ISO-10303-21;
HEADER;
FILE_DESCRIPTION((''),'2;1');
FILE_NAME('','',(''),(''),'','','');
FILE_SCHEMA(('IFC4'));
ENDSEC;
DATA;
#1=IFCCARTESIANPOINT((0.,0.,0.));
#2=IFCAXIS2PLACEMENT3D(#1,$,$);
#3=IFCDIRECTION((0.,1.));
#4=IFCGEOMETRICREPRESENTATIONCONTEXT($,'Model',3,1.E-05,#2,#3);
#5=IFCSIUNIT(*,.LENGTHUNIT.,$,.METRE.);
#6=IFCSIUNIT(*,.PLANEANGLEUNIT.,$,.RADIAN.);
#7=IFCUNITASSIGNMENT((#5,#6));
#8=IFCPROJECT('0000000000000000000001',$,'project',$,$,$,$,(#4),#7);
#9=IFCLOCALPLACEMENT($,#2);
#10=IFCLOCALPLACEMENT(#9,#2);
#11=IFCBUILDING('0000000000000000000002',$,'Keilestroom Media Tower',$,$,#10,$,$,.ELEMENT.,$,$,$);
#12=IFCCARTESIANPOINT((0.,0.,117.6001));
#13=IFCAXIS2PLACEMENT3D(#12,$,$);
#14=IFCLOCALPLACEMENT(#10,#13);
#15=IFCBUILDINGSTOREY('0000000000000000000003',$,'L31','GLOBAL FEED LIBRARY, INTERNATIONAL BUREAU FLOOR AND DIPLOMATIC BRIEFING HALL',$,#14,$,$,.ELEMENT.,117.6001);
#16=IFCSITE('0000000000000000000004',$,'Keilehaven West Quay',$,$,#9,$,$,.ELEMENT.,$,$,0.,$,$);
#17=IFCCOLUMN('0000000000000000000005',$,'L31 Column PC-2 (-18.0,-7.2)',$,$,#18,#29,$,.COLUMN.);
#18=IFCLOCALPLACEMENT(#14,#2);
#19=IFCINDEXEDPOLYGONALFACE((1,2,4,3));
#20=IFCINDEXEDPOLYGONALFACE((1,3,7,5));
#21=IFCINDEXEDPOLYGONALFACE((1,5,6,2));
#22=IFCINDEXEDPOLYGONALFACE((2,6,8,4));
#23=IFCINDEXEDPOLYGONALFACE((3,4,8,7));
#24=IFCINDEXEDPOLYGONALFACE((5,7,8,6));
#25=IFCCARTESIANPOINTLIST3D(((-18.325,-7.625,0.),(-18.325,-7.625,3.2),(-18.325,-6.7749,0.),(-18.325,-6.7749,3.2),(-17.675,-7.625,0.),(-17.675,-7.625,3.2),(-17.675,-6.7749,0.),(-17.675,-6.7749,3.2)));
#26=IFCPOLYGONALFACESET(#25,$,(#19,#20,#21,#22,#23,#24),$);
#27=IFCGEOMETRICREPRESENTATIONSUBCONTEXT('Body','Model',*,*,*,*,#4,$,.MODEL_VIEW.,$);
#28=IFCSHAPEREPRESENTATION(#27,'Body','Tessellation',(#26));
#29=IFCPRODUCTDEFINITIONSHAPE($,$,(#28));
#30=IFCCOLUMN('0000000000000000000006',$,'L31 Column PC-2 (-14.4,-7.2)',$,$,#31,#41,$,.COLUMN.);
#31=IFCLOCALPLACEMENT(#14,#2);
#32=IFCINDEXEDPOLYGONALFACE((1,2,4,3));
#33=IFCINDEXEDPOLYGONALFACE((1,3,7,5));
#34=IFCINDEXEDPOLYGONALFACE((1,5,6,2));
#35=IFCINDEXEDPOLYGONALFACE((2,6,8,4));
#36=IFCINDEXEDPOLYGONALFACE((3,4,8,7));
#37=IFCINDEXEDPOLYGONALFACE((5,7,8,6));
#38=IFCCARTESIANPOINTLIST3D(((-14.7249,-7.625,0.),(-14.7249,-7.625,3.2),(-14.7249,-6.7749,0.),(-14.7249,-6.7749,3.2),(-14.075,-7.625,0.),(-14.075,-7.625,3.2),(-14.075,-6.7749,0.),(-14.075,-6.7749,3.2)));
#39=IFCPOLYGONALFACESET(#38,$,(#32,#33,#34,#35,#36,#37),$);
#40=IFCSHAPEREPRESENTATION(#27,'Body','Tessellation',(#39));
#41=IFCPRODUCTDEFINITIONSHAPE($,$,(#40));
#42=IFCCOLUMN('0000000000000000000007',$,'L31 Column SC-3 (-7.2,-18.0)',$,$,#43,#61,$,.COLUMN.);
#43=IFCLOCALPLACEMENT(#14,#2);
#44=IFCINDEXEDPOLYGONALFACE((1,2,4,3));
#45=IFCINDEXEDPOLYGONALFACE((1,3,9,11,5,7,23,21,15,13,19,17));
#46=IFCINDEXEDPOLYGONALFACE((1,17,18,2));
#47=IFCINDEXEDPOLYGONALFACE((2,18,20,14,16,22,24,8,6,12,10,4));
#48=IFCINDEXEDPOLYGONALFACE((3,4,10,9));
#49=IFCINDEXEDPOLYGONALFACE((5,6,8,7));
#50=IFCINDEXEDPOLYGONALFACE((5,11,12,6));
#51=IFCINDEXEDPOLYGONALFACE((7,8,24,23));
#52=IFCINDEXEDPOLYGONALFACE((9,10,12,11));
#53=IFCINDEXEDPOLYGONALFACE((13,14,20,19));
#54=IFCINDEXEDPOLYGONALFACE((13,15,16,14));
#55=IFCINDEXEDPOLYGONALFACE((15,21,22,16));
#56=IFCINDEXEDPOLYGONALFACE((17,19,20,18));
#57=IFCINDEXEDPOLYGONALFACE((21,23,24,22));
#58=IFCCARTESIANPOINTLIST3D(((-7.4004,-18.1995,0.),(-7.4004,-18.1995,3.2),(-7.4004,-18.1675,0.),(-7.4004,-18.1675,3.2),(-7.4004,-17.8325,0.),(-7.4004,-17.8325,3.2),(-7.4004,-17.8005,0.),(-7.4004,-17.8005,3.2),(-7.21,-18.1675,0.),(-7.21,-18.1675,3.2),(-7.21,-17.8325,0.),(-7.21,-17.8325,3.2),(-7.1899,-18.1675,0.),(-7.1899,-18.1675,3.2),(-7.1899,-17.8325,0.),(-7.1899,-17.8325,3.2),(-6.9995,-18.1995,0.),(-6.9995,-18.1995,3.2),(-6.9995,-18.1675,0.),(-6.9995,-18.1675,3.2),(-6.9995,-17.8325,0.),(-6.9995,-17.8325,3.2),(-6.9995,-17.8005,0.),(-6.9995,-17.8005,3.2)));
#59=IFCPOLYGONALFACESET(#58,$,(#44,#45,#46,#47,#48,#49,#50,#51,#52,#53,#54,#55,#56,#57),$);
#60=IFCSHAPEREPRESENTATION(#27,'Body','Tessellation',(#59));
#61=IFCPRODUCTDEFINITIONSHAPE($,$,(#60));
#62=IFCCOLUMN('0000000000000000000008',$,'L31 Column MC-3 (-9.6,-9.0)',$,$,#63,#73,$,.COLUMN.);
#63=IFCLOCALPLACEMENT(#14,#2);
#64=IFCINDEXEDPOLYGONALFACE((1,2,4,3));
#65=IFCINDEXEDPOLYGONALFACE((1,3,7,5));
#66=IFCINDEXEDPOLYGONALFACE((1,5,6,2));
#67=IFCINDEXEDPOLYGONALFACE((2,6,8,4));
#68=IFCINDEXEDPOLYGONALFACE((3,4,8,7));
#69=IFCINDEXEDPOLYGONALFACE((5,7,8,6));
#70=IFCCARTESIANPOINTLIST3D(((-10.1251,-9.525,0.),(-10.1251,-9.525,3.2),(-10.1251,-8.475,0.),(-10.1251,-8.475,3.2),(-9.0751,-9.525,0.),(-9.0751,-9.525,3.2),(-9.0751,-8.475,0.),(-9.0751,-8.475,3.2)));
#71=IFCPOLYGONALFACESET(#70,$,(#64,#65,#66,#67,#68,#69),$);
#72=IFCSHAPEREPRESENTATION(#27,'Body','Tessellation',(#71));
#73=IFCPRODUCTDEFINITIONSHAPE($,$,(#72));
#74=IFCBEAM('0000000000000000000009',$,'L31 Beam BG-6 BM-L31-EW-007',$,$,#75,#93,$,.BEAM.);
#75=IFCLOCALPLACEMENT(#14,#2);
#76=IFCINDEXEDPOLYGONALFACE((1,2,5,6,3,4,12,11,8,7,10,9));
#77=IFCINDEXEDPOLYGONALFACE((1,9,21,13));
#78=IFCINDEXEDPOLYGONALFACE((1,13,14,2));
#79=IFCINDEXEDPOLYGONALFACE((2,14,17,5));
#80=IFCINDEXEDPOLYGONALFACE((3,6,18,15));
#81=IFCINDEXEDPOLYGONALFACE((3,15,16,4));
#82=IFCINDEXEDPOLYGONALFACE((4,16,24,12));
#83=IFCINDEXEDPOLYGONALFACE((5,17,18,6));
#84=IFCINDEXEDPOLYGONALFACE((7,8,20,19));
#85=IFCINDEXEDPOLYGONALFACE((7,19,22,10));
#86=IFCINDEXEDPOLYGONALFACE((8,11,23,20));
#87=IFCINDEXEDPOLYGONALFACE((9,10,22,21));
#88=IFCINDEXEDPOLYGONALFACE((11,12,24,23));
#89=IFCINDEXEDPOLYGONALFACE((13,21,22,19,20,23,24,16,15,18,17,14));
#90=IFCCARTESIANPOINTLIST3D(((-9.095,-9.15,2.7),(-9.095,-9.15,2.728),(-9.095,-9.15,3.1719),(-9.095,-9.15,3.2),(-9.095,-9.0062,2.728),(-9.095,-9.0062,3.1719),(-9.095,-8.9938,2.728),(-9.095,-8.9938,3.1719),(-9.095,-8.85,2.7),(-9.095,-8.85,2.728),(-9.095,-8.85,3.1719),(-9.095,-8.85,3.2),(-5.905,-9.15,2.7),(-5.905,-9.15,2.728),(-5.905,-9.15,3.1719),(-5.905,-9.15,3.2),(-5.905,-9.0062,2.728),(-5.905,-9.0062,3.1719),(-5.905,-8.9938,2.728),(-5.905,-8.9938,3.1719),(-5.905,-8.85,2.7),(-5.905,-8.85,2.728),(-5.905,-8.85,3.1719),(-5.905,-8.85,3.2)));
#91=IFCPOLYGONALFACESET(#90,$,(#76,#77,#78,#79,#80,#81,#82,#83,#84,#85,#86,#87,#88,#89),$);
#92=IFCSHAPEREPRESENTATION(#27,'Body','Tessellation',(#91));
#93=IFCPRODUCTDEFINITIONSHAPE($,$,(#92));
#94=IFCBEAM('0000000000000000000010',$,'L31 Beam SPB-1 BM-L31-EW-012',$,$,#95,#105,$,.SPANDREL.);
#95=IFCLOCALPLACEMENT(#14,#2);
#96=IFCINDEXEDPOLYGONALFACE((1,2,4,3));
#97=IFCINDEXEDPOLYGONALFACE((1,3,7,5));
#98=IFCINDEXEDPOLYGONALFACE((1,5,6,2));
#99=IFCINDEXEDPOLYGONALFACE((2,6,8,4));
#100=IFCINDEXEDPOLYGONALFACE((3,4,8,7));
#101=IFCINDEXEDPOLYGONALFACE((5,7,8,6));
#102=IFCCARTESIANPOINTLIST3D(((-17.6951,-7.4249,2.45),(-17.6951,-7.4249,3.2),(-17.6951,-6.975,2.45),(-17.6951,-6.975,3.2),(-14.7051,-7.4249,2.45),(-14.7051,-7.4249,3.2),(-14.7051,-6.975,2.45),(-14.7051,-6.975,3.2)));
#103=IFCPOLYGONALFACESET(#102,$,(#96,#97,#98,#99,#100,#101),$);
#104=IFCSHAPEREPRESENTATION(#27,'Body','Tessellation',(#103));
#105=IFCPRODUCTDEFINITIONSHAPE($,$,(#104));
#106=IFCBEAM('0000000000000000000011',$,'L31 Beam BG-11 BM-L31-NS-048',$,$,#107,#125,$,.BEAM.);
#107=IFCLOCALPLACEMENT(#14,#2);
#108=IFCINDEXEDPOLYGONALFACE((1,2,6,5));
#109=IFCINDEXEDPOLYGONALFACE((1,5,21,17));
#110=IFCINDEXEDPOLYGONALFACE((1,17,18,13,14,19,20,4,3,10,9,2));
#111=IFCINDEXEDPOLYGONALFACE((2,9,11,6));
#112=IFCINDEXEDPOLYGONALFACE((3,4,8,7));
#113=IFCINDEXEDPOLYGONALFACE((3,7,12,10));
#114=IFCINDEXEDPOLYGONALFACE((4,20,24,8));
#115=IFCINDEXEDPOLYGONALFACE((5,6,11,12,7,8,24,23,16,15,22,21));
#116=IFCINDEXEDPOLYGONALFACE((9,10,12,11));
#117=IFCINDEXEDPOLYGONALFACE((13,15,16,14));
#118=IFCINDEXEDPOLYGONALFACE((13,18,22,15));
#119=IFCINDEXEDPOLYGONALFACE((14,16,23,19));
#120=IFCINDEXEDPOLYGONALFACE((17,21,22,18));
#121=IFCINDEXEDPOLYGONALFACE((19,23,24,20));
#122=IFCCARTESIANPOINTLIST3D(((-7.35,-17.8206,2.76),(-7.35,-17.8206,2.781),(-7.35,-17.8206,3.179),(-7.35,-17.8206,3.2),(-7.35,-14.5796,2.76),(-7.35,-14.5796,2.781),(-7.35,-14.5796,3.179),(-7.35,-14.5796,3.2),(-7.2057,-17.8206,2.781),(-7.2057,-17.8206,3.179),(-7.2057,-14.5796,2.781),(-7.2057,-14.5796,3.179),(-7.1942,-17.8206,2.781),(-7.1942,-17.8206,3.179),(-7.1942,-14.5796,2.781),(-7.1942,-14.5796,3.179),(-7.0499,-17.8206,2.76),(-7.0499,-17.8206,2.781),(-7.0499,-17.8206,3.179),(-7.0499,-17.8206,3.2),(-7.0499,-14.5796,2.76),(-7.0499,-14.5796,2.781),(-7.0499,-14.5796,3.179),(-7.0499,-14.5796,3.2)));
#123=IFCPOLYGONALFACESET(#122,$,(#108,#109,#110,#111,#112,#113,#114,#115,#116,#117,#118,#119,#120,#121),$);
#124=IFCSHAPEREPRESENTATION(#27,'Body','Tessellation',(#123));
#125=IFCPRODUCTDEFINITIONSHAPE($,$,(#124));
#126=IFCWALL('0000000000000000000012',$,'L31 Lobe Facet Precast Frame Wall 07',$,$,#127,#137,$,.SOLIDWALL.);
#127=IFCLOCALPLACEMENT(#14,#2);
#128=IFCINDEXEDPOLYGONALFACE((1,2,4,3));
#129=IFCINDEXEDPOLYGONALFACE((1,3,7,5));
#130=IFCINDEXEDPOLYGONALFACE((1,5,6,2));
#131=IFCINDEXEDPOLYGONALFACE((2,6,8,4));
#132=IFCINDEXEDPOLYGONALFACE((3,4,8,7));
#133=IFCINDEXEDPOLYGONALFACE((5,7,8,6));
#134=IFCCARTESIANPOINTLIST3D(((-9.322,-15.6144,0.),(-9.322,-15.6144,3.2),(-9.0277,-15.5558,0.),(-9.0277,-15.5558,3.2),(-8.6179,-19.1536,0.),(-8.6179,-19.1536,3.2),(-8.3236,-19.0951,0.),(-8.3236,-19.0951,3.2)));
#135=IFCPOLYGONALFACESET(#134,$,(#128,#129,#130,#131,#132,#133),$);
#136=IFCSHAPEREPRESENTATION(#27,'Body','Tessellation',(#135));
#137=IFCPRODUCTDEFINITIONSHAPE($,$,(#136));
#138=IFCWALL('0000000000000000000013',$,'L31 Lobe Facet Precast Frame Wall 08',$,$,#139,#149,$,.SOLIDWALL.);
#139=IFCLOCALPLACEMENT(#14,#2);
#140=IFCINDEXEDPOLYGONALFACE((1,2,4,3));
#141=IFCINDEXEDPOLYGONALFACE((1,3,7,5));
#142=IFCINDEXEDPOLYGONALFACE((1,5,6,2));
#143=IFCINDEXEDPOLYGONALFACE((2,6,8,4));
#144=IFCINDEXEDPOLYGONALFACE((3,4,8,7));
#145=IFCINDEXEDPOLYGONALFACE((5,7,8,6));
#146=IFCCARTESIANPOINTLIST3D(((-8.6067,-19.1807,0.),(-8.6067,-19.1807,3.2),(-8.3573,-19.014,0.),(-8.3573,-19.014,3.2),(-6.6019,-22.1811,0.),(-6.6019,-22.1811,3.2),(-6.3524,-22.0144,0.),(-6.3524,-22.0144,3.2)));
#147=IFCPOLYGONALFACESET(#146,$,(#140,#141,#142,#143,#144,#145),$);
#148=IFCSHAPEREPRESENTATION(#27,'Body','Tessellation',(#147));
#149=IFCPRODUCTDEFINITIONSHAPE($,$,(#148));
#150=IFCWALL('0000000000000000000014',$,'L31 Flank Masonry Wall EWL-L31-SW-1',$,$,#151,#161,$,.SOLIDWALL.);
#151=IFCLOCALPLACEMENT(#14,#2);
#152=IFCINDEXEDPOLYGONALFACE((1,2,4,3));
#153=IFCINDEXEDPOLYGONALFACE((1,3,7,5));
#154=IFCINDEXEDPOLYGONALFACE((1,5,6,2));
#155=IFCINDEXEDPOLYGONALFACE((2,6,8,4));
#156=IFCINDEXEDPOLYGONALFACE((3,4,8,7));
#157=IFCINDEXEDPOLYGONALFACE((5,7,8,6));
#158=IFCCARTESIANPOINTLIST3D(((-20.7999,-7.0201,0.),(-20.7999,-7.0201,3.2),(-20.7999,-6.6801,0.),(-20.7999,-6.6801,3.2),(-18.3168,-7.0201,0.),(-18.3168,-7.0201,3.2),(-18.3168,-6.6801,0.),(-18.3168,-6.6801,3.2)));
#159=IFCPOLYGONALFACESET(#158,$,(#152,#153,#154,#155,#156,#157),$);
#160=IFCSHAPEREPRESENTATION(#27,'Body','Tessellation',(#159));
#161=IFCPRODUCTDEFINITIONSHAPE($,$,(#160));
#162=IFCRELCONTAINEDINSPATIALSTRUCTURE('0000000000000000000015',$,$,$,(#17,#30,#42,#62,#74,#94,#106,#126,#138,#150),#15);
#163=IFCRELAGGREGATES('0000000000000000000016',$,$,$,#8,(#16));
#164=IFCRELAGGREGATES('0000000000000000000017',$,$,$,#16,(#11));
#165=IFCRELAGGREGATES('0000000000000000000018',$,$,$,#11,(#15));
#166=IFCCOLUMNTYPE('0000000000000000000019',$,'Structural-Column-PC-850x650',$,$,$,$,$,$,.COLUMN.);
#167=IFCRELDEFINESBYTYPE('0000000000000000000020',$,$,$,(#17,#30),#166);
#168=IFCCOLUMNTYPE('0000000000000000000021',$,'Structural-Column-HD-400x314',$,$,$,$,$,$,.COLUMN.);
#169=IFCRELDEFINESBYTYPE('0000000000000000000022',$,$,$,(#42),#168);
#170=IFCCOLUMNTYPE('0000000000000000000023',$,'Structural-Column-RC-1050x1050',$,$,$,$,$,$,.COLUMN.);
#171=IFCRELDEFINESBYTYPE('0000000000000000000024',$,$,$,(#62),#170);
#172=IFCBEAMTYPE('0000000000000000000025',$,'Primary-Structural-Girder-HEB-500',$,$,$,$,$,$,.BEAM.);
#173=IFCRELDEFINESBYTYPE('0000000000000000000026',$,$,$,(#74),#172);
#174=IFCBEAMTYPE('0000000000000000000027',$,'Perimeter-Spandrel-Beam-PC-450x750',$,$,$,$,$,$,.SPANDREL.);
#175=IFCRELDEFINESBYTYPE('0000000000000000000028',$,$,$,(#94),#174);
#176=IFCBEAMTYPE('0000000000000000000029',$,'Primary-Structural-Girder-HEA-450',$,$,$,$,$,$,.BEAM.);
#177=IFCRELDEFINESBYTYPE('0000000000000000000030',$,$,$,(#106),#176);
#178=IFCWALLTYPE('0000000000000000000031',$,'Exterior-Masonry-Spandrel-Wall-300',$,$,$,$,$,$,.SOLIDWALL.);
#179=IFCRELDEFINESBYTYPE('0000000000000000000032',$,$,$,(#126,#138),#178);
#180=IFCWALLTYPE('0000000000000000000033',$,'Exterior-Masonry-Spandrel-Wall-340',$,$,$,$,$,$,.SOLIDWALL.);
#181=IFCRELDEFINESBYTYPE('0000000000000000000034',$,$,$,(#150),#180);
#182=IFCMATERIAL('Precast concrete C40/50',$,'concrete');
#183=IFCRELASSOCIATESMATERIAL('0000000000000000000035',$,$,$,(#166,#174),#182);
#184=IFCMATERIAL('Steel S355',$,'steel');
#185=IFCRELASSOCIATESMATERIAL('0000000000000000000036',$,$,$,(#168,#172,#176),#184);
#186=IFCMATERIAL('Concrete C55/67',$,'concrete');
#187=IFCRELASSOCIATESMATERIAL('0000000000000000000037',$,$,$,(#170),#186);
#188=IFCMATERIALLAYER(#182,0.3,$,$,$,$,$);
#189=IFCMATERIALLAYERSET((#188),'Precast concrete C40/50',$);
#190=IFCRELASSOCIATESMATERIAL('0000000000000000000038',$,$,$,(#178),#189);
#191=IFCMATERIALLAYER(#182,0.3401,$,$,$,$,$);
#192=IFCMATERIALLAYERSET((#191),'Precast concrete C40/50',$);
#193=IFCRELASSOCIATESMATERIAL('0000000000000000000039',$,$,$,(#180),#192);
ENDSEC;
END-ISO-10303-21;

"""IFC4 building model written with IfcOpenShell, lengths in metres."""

from ifc_helpers import new_model, si_unit, direction, frame, frame_2d, origin, origin_2d, place, context, subcontext, project, spatial, rectangle, i_section, extrude, source, transform, mapped, material, layer, layer_set, material_profile, profile_set, type_object, element, save


model = new_model("IFC4")

# Units and contexts
model_context = context("Model", 3, precision=1e-05, world=origin(), true_north=direction((0.0, 1.0)))
body_context = subcontext(model_context, "Body", "Model", "MODEL_VIEW")
ifc_project = project(units=[si_unit("LENGTHUNIT", "METRE"), si_unit("PLANEANGLEUNIT", "RADIAN")], contexts=[model_context])

# Site, building, storey
site_placement = place(None, origin())
site = spatial("IfcSite", under=ifc_project, at=site_placement, Name="Keilehaven West Quay", CompositionType="ELEMENT", RefElevation=0.0)
building_placement = place(site_placement, origin())
building = spatial("IfcBuilding", under=site, at=building_placement, Name="Keilestroom Media Tower", CompositionType="ELEMENT")
storey_placement = place(building_placement, frame((0.0, 0.0, 117.6001)))
storey = spatial("IfcBuildingStorey", under=building, at=storey_placement, Name="L31", Description="GLOBAL FEED LIBRARY, INTERNATIONAL BUREAU FLOOR AND DIPLOMATIC BRIEFING HALL", CompositionType="ELEMENT", Elevation=117.6001)

# Columns
ifc_material_1 = material(Name="Precast concrete C40/50", Category="concrete")
ifc_material_profile_1 = material_profile(ifc_material_1, rectangle(XDim=0.6499, YDim=0.8501, at=origin_2d()), Name="PC 850x650")
ifc_profile_set_1 = profile_set([ifc_material_profile_1], Name="Precast concrete C40/50")
column_type_1 = type_object("IfcColumnType", Name="Structural-Column-PC-850x650", PredefinedType="COLUMN", material=ifc_profile_set_1)
shared_shape_1 = source(origin(), body_context, "Body", "SweptSolid", [
    extrude(rectangle(XDim=0.6499, YDim=0.8501, at=origin_2d()), origin(), (0.0, 0.0, 1.0), 3.2),
])
for number, where, z_axis, x_axis, name in (
    (1, (-18.0, -7.2, 0.0), (0.0, 0.0, 1.0), (1.0, 0.0, 0.0), "L31 Column PC-2 (-18.0,-7.2)"),
    (2, (-14.3999, -7.2, 0.0), (0.0, 0.0, 1.0), (1.0, 0.0, 0.0), "L31 Column PC-2 (-14.4,-7.2)"),
):
    element("IfcColumn", number, at=place(storey_placement, frame(where, z_axis=z_axis, x_axis=x_axis)), inside=storey, type_object=column_type_1, Name=name, PredefinedType="COLUMN", context=body_context, shape_type="MappedRepresentation", body=[
        mapped(shared_shape_1, transform((0.0, 0.0, 0.0), x_axis=(1.0, 0.0, 0.0), y_axis=(0.0, 1.0, 0.0), z_axis=(0.0, 0.0, 1.0), scale=1.0)),
    ])
ifc_material_2 = material(Name="Steel S355", Category="steel")
ifc_material_profile_2 = material_profile(ifc_material_2, i_section(OverallWidth=0.4009, OverallDepth=0.3989, WebThickness=0.02, FlangeThickness=0.032, at=origin_2d()), Name="HD 400x314")
ifc_profile_set_2 = profile_set([ifc_material_profile_2], Name="Steel S355")
column_type_2 = type_object("IfcColumnType", Name="Structural-Column-HD-400x314", PredefinedType="COLUMN", material=ifc_profile_set_2)
shared_shape_2 = source(origin(), body_context, "Body", "SweptSolid", [
    extrude(i_section(OverallWidth=0.4009, OverallDepth=0.3989, WebThickness=0.02, FlangeThickness=0.032, at=origin_2d()), origin(), (0.0, 0.0, 1.0), 3.2),
])
column_1_placement = place(storey_placement, frame((-7.2, -18.0, 0.0), z_axis=(0.0, 0.0, 1.0), x_axis=(1.0, 0.0, 0.0)))
element("IfcColumn", 3, at=column_1_placement, inside=storey, type_object=column_type_2, Name="L31 Column SC-3 (-7.2,-18.0)", PredefinedType="COLUMN", context=body_context, shape_type="MappedRepresentation", body=[
    mapped(shared_shape_2, transform((0.0, 0.0, 0.0), x_axis=(1.0, 0.0, 0.0), y_axis=(0.0, 1.0, 0.0), z_axis=(0.0, 0.0, 1.0), scale=1.0)),
])
ifc_material_3 = material(Name="Concrete C55/67", Category="concrete")
ifc_material_profile_3 = material_profile(ifc_material_3, rectangle(XDim=1.05, YDim=1.05, at=origin_2d()), Name="RC 1050x1050")
ifc_profile_set_3 = profile_set([ifc_material_profile_3], Name="Concrete C55/67")
column_type_3 = type_object("IfcColumnType", Name="Structural-Column-RC-1050x1050", PredefinedType="COLUMN", material=ifc_profile_set_3)
shared_shape_3 = source(origin(), body_context, "Body", "SweptSolid", [
    extrude(rectangle(XDim=1.05, YDim=1.05, at=origin_2d()), origin(), (0.0, 0.0, 1.0), 3.2),
])
column_2_placement = place(storey_placement, frame((-9.6001, -9.0, 0.0), z_axis=(0.0, 0.0, 1.0), x_axis=(1.0, 0.0, 0.0)))
element("IfcColumn", 4, at=column_2_placement, inside=storey, type_object=column_type_3, Name="L31 Column MC-3 (-9.6,-9.0)", PredefinedType="COLUMN", context=body_context, shape_type="MappedRepresentation", body=[
    mapped(shared_shape_3, transform((0.0, 0.0, 0.0), x_axis=(1.0, 0.0, 0.0), y_axis=(0.0, 1.0, 0.0), z_axis=(0.0, 0.0, 1.0), scale=1.0)),
])

# Beams
ifc_material_profile_4 = material_profile(ifc_material_2, i_section(OverallWidth=0.3, OverallDepth=0.5, WebThickness=0.0125, FlangeThickness=0.0281, at=origin_2d()), Name="HEB 500")
ifc_profile_set_4 = profile_set([ifc_material_profile_4], Name="Steel S355")
beam_type_1 = type_object("IfcBeamType", Name="Primary-Structural-Girder-HEB-500", PredefinedType="BEAM", material=ifc_profile_set_4)
shared_shape_4 = source(origin(), body_context, "Body", "SweptSolid", [
    extrude(i_section(OverallWidth=0.3, OverallDepth=0.5, WebThickness=0.0125, FlangeThickness=0.0281, at=origin_2d()), origin(), (0.0, 0.0, 1.0), 3.1899),
])
beam_1_placement = place(storey_placement, frame((-9.095, -9.0, 2.95), z_axis=(1.0, 0.0, 0.0), x_axis=(0.0, 1.0, 0.0)))
element("IfcBeam", 5, at=beam_1_placement, inside=storey, type_object=beam_type_1, Name="L31 Beam BG-6 BM-L31-EW-007", PredefinedType="BEAM", context=body_context, shape_type="MappedRepresentation", body=[
    mapped(shared_shape_4, transform((0.0, 0.0, 0.0), x_axis=(1.0, 0.0, 0.0), y_axis=(0.0, 1.0, 0.0), z_axis=(0.0, 0.0, 1.0), scale=1.0)),
])
ifc_material_profile_5 = material_profile(ifc_material_1, rectangle(XDim=0.45, YDim=0.75, at=origin_2d()), Name="PC 450x750")
ifc_profile_set_5 = profile_set([ifc_material_profile_5], Name="Precast concrete C40/50")
beam_type_2 = type_object("IfcBeamType", Name="Perimeter-Spandrel-Beam-PC-450x750", PredefinedType="SPANDREL", material=ifc_profile_set_5)
shared_shape_5 = source(origin(), body_context, "Body", "SweptSolid", [
    extrude(rectangle(XDim=0.45, YDim=0.75, at=origin_2d()), origin(), (0.0, 0.0, 1.0), 2.99),
])
beam_2_placement = place(storey_placement, frame((-17.6951, -7.2, 2.825), z_axis=(1.0, 0.0, 0.0), x_axis=(0.0, 1.0, 0.0)))
element("IfcBeam", 6, at=beam_2_placement, inside=storey, type_object=beam_type_2, Name="L31 Beam SPB-1 BM-L31-EW-012", PredefinedType="SPANDREL", context=body_context, shape_type="MappedRepresentation", body=[
    mapped(shared_shape_5, transform((0.0, 0.0, 0.0), x_axis=(1.0, 0.0, 0.0), y_axis=(0.0, 1.0, 0.0), z_axis=(0.0, 0.0, 1.0), scale=1.0)),
])
ifc_material_profile_6 = material_profile(ifc_material_2, i_section(OverallWidth=0.3, OverallDepth=0.4399, WebThickness=0.0115, FlangeThickness=0.021, at=origin_2d()), Name="HEA 450")
ifc_profile_set_6 = profile_set([ifc_material_profile_6], Name="Steel S355")
beam_type_3 = type_object("IfcBeamType", Name="Primary-Structural-Girder-HEA-450", PredefinedType="BEAM", material=ifc_profile_set_6)
shared_shape_6 = source(origin(), body_context, "Body", "SweptSolid", [
    extrude(i_section(OverallWidth=0.3, OverallDepth=0.4399, WebThickness=0.0115, FlangeThickness=0.021, at=origin_2d()), origin(), (0.0, 0.0, 1.0), 3.241),
])
beam_3_placement = place(storey_placement, frame((-7.2, -17.8206, 2.98), z_axis=(0.0, 1.0, 0.0), x_axis=(-1.0, 0.0, 0.0)))
element("IfcBeam", 7, at=beam_3_placement, inside=storey, type_object=beam_type_3, Name="L31 Beam BG-11 BM-L31-NS-048", PredefinedType="BEAM", context=body_context, shape_type="MappedRepresentation", body=[
    mapped(shared_shape_6, transform((0.0, 0.0, 0.0), x_axis=(1.0, 0.0, 0.0), y_axis=(0.0, 1.0, 0.0), z_axis=(0.0, 0.0, 1.0), scale=1.0)),
])

# Walls
ifc_layer_1 = layer(ifc_material_1, 0.3)
ifc_layer_set_1 = layer_set([ifc_layer_1], Name="Precast concrete C40/50")
wall_type_1 = type_object("IfcWallType", Name="Exterior-Masonry-Spandrel-Wall-300", PredefinedType="SOLIDWALL", material=ifc_layer_set_1)
for number, where, z_axis, x_axis, name in (
    (8, (-9.1748, -15.5852, 0.0), (0.0, 0.0, 1.0), (0.195114, -0.980781, 0.0), "L31 Lobe Facet Precast Frame Wall 07"),
    (9, (-8.4819, -19.0974, 0.0), (0.0, 0.0, 1.0), (0.555574, -0.831467, 0.0), "L31 Lobe Facet Precast Frame Wall 08"),
):
    element("IfcWall", number, at=place(storey_placement, frame(where, z_axis=z_axis, x_axis=x_axis)), inside=storey, type_object=wall_type_1, Name=name, PredefinedType="SOLIDWALL", context=body_context, shape_type="SweptSolid", body=[
        extrude(rectangle(XDim=3.6086, YDim=0.3, at=frame_2d((1.8042, 0.0))), origin(), (0.0, 0.0, 1.0), 3.2),
    ])
ifc_layer_2 = layer(ifc_material_1, 0.3401)
ifc_layer_set_2 = layer_set([ifc_layer_2], Name="Precast concrete C40/50")
wall_type_2 = type_object("IfcWallType", Name="Exterior-Masonry-Spandrel-Wall-340", PredefinedType="SOLIDWALL", material=ifc_layer_set_2)
wall_1_placement = place(storey_placement, frame((-20.8, -6.8501, 0.0), z_axis=(0.0, 0.0, 1.0), x_axis=(1.0, 0.0, 0.0)))
element("IfcWall", 10, at=wall_1_placement, inside=storey, type_object=wall_type_2, Name="L31 Flank Masonry Wall EWL-L31-SW-1", PredefinedType="SOLIDWALL", context=body_context, shape_type="SweptSolid", body=[
    extrude(rectangle(XDim=2.4832, YDim=0.3401, at=frame_2d((1.2417, 0.0))), origin(), (0.0, 0.0, 1.0), 3.2),
])

save(model, "model.ifc")
